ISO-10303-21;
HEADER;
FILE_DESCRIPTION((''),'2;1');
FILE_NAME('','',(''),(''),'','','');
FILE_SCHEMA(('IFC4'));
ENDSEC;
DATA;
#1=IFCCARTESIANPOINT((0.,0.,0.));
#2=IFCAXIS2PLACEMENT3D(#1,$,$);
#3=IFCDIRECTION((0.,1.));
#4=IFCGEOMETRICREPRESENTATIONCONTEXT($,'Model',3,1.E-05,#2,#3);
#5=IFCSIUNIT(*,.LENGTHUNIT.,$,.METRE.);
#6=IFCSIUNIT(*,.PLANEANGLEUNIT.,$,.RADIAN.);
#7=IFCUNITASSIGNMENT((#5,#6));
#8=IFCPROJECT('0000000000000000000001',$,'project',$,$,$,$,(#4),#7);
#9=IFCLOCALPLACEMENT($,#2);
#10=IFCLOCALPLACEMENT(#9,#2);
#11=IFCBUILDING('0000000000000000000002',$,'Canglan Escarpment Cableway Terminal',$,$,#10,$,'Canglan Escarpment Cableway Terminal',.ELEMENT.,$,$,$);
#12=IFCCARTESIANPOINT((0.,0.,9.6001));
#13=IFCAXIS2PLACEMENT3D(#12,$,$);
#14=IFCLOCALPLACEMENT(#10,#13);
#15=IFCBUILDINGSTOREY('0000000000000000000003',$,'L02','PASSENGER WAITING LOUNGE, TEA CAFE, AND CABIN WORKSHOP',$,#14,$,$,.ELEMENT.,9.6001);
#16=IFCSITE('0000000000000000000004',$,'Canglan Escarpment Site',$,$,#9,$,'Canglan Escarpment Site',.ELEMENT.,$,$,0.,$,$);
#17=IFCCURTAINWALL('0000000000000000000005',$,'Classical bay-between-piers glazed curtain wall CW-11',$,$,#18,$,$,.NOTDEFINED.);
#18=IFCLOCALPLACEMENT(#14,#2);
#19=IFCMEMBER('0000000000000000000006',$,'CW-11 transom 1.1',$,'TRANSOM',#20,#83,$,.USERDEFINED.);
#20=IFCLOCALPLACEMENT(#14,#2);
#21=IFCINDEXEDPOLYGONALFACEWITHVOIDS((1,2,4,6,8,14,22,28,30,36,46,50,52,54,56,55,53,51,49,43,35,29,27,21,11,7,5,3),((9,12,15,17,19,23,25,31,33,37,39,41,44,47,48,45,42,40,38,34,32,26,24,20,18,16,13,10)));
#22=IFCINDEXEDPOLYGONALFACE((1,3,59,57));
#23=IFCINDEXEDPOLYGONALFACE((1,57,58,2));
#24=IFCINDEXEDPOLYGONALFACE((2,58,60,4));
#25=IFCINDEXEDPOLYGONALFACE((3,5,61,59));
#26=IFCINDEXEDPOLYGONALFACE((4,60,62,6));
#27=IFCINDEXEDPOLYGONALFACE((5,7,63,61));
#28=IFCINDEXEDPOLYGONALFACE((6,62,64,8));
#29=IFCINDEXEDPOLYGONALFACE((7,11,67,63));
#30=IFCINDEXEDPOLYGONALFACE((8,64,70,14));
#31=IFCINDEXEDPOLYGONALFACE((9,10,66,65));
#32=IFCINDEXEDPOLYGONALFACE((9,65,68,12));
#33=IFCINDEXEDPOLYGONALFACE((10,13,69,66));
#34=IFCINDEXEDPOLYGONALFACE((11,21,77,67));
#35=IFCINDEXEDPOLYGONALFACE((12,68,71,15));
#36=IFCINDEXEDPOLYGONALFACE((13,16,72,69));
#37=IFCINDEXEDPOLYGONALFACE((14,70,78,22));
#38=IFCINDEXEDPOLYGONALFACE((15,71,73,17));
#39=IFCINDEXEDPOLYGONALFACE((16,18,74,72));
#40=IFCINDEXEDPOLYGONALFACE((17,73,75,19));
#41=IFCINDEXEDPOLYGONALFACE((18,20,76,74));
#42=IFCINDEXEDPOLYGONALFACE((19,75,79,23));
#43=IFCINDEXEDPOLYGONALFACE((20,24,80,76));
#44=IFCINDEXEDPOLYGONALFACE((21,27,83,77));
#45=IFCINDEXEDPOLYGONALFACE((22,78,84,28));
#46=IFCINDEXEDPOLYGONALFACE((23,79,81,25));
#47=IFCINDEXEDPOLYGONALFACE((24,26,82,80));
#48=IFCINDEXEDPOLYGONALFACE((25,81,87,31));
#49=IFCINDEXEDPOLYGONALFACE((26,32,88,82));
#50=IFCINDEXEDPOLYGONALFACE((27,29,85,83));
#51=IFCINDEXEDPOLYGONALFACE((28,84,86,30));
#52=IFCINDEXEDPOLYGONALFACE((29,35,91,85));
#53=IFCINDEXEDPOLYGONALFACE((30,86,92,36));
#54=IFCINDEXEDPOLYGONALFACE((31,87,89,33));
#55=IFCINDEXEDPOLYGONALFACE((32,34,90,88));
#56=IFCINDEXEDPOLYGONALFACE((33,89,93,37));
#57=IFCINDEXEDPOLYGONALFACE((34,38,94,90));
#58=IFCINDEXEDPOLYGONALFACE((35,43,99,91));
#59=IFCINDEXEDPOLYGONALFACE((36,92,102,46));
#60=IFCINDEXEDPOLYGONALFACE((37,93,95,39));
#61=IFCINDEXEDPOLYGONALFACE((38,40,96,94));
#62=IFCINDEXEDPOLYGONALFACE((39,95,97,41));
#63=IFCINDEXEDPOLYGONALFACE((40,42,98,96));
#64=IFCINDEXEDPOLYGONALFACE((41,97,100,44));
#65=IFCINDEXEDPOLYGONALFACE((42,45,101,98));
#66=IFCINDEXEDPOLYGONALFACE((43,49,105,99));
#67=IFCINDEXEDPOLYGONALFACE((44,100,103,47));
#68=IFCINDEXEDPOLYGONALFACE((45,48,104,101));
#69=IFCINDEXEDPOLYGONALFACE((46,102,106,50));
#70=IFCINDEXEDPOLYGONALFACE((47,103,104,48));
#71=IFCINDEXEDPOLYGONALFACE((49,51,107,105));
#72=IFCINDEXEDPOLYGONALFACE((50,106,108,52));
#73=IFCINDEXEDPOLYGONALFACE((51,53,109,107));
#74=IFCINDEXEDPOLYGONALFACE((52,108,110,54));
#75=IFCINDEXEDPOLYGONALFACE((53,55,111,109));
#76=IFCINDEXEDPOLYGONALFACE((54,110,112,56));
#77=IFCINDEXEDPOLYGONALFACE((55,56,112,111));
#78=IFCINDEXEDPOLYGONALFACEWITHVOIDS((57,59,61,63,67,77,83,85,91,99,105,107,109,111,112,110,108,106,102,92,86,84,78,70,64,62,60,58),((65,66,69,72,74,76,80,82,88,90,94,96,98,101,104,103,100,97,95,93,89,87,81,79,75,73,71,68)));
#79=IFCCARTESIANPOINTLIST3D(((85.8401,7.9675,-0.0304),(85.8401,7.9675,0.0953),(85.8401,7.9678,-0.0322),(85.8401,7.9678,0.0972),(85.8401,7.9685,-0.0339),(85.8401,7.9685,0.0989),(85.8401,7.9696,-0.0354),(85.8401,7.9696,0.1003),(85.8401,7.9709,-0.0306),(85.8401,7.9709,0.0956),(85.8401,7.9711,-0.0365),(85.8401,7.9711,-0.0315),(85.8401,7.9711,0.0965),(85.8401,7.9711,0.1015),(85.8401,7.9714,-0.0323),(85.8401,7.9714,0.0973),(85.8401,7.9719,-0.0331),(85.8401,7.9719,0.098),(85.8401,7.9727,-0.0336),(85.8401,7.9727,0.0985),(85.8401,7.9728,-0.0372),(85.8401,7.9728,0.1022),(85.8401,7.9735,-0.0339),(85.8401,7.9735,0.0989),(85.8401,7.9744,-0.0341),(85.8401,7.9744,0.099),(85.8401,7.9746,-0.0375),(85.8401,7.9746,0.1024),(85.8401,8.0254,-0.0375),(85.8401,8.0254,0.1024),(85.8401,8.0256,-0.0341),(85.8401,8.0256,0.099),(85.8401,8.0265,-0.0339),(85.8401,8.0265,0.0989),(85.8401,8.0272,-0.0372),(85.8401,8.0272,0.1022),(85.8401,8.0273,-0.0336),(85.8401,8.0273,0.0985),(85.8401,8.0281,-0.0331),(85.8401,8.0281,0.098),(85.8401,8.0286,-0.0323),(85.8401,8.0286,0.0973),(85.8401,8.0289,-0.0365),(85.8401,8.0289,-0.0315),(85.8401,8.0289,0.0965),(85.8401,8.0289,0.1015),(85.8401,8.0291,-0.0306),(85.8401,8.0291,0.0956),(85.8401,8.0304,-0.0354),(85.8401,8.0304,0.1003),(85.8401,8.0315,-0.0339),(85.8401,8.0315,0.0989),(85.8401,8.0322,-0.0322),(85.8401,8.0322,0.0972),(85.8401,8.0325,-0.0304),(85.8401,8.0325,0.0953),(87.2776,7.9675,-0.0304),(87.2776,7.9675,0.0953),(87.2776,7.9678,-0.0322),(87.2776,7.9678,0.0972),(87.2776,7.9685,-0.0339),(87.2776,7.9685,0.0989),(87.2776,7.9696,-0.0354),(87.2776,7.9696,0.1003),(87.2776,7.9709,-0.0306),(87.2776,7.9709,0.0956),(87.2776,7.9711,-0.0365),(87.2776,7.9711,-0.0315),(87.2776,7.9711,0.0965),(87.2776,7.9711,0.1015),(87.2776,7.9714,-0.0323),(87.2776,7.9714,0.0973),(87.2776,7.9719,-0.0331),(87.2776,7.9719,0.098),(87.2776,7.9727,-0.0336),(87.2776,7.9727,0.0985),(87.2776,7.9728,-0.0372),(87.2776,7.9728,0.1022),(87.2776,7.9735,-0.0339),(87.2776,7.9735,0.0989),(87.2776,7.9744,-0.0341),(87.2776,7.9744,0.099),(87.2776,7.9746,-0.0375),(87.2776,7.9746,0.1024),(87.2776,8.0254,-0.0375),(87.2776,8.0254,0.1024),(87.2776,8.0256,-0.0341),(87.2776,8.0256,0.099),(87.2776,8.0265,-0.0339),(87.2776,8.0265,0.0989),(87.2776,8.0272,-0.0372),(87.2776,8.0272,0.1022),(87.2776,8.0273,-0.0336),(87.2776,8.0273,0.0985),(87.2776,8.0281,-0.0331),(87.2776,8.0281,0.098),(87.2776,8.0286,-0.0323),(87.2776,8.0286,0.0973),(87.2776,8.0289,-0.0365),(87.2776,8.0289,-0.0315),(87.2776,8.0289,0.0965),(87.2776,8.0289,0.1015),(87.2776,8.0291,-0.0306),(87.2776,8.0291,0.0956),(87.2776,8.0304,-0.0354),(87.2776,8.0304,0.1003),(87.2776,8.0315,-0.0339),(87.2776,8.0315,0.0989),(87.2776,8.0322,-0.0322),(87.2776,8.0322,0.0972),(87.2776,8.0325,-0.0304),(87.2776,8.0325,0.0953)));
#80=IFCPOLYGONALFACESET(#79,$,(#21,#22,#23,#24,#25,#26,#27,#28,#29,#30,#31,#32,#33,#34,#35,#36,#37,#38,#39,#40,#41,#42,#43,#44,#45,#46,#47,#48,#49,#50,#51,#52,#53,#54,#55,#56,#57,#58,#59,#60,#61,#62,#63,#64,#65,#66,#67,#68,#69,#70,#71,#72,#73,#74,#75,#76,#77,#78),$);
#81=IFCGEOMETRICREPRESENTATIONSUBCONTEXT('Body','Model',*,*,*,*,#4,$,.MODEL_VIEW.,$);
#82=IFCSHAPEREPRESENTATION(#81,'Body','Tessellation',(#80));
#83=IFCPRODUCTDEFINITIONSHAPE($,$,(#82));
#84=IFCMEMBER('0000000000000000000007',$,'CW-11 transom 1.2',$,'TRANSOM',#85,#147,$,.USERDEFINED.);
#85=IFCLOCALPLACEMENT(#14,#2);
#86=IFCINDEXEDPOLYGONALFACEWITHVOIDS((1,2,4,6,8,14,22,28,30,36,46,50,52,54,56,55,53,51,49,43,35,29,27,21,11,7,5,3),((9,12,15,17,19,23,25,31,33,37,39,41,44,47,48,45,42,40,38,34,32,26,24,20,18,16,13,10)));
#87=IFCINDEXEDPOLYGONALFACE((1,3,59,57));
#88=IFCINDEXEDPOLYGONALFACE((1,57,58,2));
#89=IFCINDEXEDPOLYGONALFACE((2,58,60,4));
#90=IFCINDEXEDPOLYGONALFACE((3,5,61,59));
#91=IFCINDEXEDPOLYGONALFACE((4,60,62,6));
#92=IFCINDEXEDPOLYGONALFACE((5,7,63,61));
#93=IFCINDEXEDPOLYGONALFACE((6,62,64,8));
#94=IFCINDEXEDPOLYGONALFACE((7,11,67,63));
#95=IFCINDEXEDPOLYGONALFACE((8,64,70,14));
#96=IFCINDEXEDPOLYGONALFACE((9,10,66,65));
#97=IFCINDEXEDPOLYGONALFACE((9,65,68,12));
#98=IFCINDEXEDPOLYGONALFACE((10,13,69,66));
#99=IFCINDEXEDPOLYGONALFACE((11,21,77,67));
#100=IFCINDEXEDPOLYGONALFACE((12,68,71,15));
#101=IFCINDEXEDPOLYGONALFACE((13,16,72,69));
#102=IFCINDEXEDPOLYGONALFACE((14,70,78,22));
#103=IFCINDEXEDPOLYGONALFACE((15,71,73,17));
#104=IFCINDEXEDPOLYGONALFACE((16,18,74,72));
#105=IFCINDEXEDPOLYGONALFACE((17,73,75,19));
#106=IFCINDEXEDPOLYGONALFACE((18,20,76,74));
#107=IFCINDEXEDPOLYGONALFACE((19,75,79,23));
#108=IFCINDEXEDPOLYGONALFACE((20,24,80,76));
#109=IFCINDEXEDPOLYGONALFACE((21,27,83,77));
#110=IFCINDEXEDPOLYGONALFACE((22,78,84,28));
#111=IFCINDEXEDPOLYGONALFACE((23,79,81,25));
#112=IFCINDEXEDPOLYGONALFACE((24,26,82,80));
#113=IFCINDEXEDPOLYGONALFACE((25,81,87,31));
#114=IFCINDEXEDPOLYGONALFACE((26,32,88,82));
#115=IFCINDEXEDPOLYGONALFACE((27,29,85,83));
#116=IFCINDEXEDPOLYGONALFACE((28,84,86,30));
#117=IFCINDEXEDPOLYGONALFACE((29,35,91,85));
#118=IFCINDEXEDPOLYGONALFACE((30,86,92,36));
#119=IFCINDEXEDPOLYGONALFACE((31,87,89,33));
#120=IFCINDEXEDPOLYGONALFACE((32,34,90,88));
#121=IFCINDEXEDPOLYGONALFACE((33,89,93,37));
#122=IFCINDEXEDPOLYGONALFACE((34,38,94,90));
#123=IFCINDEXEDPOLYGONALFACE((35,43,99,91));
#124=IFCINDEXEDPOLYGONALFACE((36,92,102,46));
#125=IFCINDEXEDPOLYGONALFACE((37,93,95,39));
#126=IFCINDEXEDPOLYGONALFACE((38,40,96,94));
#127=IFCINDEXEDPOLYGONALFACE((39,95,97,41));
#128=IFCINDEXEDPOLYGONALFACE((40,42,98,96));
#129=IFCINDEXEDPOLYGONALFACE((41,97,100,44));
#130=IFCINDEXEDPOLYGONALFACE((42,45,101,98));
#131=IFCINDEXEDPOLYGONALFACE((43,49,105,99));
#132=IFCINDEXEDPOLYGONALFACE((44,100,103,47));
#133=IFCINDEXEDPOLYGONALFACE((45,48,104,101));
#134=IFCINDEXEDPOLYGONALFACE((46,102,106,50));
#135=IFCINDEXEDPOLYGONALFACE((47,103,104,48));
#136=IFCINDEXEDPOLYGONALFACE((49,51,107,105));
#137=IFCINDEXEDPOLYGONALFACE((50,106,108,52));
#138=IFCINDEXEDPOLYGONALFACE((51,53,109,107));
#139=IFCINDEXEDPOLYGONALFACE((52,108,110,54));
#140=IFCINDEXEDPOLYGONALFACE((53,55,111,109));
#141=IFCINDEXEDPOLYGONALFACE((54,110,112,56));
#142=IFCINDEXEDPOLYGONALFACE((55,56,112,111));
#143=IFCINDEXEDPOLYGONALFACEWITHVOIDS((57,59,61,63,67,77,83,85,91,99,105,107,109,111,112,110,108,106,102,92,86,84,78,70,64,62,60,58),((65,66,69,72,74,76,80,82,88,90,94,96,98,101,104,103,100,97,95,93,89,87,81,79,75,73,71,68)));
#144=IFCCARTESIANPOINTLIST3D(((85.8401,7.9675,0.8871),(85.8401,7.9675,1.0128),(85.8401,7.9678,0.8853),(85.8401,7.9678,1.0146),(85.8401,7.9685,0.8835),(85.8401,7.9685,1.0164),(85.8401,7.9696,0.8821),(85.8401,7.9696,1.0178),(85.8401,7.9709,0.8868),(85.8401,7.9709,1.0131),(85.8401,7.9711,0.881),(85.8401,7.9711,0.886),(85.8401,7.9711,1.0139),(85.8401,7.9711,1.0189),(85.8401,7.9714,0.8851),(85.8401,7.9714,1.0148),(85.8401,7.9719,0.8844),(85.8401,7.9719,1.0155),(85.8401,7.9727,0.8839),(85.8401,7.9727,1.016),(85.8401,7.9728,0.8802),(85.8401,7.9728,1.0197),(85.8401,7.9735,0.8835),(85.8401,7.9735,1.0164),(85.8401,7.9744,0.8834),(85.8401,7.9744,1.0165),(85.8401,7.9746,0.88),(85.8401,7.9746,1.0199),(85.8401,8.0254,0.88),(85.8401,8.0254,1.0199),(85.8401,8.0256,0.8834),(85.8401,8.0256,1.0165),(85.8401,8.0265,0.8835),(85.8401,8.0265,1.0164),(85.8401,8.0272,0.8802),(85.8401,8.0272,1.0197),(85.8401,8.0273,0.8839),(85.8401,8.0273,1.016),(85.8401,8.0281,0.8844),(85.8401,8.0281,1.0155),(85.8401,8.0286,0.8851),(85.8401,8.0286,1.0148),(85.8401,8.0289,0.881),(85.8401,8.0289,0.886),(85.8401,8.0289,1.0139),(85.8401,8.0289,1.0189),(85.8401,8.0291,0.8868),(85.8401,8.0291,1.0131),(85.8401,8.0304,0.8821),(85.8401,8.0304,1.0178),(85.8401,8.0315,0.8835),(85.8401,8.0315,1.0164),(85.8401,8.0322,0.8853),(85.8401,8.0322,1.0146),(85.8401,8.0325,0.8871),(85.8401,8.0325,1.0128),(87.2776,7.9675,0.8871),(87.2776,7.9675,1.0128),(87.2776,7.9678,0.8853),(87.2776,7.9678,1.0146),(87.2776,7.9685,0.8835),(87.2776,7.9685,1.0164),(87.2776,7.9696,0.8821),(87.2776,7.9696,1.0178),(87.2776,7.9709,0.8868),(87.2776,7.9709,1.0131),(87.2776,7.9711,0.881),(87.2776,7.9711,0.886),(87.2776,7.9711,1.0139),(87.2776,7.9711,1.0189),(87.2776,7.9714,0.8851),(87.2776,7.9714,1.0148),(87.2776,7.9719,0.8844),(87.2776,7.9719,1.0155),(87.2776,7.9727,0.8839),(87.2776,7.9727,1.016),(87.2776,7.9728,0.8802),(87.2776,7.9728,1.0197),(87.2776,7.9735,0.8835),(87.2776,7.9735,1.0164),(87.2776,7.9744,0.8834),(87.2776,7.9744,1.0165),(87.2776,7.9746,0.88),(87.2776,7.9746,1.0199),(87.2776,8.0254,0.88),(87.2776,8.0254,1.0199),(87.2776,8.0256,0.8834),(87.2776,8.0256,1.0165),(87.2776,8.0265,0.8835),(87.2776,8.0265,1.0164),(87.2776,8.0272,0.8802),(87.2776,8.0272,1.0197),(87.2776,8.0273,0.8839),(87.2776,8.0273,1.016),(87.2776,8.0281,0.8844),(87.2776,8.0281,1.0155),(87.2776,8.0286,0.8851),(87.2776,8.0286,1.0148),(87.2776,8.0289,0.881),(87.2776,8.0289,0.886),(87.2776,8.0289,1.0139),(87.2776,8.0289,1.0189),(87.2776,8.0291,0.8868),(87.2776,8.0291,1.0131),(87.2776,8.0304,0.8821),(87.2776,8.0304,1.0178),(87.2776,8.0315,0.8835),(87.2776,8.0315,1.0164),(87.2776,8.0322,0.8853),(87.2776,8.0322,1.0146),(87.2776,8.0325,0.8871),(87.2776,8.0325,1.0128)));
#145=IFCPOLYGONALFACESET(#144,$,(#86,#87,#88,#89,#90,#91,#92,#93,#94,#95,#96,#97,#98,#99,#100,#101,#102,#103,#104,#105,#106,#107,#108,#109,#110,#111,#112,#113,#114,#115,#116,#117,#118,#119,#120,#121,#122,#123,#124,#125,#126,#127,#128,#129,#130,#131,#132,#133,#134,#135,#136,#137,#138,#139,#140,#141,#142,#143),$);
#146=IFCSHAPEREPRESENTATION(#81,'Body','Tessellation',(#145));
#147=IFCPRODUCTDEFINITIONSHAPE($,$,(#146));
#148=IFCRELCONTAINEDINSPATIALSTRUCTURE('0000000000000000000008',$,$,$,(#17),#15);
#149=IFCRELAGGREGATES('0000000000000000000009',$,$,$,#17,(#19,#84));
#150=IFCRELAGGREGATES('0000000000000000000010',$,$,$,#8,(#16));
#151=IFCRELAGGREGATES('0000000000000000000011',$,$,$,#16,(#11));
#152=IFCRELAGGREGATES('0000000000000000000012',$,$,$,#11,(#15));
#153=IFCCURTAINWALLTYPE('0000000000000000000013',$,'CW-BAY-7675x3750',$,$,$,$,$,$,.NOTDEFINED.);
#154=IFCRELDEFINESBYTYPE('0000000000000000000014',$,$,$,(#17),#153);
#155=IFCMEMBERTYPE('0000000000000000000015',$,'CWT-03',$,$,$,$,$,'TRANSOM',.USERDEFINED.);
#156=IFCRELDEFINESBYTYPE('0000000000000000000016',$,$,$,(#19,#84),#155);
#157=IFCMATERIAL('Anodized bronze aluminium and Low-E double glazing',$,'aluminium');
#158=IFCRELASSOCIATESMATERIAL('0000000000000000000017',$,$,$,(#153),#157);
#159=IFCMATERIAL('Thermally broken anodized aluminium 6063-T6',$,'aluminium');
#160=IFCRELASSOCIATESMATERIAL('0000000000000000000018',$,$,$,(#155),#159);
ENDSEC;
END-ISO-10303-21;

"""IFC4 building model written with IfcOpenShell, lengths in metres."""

from ifc_helpers import new_model, si_unit, direction, frame, origin, origin_2d, place, context, subcontext, project, spatial, hollow_rectangle, extrude, material, material_profile, profile_set, type_object, element, aggregate, save


model = new_model("IFC4")

# Units and contexts
model_context = context("Model", 3, precision=1e-05, world=origin(), true_north=direction((0.0, 1.0)))
body_context = subcontext(model_context, "Body", "Model", "MODEL_VIEW")
ifc_project = project(units=[si_unit("LENGTHUNIT", "METRE"), si_unit("PLANEANGLEUNIT", "RADIAN")], contexts=[model_context])

# Site, building, storey
site_placement = place(None, origin())
site = spatial("IfcSite", under=ifc_project, at=site_placement, Name="Canglan Escarpment Site", LongName="Canglan Escarpment Site", CompositionType="ELEMENT", RefElevation=0.0)
building_placement = place(site_placement, origin())
building = spatial("IfcBuilding", under=site, at=building_placement, Name="Canglan Escarpment Cableway Terminal", LongName="Canglan Escarpment Cableway Terminal", CompositionType="ELEMENT")
storey_placement = place(building_placement, frame((0.0, 0.0, 9.6001)))
storey = spatial("IfcBuildingStorey", under=building, at=storey_placement, Name="L02", Description="PASSENGER WAITING LOUNGE, TEA CAFE, AND CABIN WORKSHOP", CompositionType="ELEMENT", Elevation=9.6001)

# Curtain wall, members
ifc_material_1 = material(Name="Anodized bronze aluminium and Low-E double glazing", Category="aluminium")
curtain_wall_type = type_object("IfcCurtainWallType", Name="CW-BAY-7675x3750", PredefinedType="NOTDEFINED", material=ifc_material_1)
curtain_wall_placement = place(storey_placement, origin())
curtain_wall = element("IfcCurtainWall", 1, at=curtain_wall_placement, inside=storey, type_object=curtain_wall_type, Name="Classical bay-between-piers glazed curtain wall CW-11", PredefinedType="NOTDEFINED")
ifc_material_2 = material(Name="Thermally broken anodized aluminium 6063-T6", Category="aluminium")
ifc_material_profile_1 = material_profile(ifc_material_2, hollow_rectangle(XDim=0.0649, YDim=0.1399, WallThickness=0.0034, InnerFilletRadius=0.0034, OuterFilletRadius=0.0071, at=origin_2d()), Name="ALU-TRAN 65x140x3.5")
ifc_profile_set_1 = profile_set([ifc_material_profile_1], Name="Thermally broken anodized aluminium 6063-T6")
member_type_1 = type_object("IfcMemberType", Name="CWT-03", ElementType="TRANSOM", PredefinedType="USERDEFINED", material=ifc_profile_set_1)
member_1_placement = place(storey_placement, frame((85.8401, 8.0, 0.0325), z_axis=(1.0, 0.0, 0.0), x_axis=(0.0, 1.0, 0.0)))
member_1 = element("IfcMember", 2, at=member_1_placement, type_object=member_type_1, Name="CW-11 transom 1.1", ObjectType="TRANSOM", PredefinedType="USERDEFINED", context=body_context, shape_type="SweptSolid", body=[
    extrude(hollow_rectangle(XDim=0.0649, YDim=0.1399, WallThickness=0.0034, InnerFilletRadius=0.0034, OuterFilletRadius=0.0071, at=origin_2d()), origin(), (0.0, 0.0, 1.0), 1.4375),
])
member_2_placement = place(storey_placement, frame((85.8401, 8.0, 0.95), z_axis=(1.0, 0.0, 0.0), x_axis=(0.0, 1.0, 0.0)))
member_2 = element("IfcMember", 3, at=member_2_placement, type_object=member_type_1, Name="CW-11 transom 1.2", ObjectType="TRANSOM", PredefinedType="USERDEFINED", context=body_context, shape_type="SweptSolid", body=[
    extrude(hollow_rectangle(XDim=0.0649, YDim=0.1399, WallThickness=0.0034, InnerFilletRadius=0.0034, OuterFilletRadius=0.0071, at=origin_2d()), origin(), (0.0, 0.0, 1.0), 1.4375),
])

aggregate(curtain_wall, [member_1, member_2])

save(model, "model.ifc")
